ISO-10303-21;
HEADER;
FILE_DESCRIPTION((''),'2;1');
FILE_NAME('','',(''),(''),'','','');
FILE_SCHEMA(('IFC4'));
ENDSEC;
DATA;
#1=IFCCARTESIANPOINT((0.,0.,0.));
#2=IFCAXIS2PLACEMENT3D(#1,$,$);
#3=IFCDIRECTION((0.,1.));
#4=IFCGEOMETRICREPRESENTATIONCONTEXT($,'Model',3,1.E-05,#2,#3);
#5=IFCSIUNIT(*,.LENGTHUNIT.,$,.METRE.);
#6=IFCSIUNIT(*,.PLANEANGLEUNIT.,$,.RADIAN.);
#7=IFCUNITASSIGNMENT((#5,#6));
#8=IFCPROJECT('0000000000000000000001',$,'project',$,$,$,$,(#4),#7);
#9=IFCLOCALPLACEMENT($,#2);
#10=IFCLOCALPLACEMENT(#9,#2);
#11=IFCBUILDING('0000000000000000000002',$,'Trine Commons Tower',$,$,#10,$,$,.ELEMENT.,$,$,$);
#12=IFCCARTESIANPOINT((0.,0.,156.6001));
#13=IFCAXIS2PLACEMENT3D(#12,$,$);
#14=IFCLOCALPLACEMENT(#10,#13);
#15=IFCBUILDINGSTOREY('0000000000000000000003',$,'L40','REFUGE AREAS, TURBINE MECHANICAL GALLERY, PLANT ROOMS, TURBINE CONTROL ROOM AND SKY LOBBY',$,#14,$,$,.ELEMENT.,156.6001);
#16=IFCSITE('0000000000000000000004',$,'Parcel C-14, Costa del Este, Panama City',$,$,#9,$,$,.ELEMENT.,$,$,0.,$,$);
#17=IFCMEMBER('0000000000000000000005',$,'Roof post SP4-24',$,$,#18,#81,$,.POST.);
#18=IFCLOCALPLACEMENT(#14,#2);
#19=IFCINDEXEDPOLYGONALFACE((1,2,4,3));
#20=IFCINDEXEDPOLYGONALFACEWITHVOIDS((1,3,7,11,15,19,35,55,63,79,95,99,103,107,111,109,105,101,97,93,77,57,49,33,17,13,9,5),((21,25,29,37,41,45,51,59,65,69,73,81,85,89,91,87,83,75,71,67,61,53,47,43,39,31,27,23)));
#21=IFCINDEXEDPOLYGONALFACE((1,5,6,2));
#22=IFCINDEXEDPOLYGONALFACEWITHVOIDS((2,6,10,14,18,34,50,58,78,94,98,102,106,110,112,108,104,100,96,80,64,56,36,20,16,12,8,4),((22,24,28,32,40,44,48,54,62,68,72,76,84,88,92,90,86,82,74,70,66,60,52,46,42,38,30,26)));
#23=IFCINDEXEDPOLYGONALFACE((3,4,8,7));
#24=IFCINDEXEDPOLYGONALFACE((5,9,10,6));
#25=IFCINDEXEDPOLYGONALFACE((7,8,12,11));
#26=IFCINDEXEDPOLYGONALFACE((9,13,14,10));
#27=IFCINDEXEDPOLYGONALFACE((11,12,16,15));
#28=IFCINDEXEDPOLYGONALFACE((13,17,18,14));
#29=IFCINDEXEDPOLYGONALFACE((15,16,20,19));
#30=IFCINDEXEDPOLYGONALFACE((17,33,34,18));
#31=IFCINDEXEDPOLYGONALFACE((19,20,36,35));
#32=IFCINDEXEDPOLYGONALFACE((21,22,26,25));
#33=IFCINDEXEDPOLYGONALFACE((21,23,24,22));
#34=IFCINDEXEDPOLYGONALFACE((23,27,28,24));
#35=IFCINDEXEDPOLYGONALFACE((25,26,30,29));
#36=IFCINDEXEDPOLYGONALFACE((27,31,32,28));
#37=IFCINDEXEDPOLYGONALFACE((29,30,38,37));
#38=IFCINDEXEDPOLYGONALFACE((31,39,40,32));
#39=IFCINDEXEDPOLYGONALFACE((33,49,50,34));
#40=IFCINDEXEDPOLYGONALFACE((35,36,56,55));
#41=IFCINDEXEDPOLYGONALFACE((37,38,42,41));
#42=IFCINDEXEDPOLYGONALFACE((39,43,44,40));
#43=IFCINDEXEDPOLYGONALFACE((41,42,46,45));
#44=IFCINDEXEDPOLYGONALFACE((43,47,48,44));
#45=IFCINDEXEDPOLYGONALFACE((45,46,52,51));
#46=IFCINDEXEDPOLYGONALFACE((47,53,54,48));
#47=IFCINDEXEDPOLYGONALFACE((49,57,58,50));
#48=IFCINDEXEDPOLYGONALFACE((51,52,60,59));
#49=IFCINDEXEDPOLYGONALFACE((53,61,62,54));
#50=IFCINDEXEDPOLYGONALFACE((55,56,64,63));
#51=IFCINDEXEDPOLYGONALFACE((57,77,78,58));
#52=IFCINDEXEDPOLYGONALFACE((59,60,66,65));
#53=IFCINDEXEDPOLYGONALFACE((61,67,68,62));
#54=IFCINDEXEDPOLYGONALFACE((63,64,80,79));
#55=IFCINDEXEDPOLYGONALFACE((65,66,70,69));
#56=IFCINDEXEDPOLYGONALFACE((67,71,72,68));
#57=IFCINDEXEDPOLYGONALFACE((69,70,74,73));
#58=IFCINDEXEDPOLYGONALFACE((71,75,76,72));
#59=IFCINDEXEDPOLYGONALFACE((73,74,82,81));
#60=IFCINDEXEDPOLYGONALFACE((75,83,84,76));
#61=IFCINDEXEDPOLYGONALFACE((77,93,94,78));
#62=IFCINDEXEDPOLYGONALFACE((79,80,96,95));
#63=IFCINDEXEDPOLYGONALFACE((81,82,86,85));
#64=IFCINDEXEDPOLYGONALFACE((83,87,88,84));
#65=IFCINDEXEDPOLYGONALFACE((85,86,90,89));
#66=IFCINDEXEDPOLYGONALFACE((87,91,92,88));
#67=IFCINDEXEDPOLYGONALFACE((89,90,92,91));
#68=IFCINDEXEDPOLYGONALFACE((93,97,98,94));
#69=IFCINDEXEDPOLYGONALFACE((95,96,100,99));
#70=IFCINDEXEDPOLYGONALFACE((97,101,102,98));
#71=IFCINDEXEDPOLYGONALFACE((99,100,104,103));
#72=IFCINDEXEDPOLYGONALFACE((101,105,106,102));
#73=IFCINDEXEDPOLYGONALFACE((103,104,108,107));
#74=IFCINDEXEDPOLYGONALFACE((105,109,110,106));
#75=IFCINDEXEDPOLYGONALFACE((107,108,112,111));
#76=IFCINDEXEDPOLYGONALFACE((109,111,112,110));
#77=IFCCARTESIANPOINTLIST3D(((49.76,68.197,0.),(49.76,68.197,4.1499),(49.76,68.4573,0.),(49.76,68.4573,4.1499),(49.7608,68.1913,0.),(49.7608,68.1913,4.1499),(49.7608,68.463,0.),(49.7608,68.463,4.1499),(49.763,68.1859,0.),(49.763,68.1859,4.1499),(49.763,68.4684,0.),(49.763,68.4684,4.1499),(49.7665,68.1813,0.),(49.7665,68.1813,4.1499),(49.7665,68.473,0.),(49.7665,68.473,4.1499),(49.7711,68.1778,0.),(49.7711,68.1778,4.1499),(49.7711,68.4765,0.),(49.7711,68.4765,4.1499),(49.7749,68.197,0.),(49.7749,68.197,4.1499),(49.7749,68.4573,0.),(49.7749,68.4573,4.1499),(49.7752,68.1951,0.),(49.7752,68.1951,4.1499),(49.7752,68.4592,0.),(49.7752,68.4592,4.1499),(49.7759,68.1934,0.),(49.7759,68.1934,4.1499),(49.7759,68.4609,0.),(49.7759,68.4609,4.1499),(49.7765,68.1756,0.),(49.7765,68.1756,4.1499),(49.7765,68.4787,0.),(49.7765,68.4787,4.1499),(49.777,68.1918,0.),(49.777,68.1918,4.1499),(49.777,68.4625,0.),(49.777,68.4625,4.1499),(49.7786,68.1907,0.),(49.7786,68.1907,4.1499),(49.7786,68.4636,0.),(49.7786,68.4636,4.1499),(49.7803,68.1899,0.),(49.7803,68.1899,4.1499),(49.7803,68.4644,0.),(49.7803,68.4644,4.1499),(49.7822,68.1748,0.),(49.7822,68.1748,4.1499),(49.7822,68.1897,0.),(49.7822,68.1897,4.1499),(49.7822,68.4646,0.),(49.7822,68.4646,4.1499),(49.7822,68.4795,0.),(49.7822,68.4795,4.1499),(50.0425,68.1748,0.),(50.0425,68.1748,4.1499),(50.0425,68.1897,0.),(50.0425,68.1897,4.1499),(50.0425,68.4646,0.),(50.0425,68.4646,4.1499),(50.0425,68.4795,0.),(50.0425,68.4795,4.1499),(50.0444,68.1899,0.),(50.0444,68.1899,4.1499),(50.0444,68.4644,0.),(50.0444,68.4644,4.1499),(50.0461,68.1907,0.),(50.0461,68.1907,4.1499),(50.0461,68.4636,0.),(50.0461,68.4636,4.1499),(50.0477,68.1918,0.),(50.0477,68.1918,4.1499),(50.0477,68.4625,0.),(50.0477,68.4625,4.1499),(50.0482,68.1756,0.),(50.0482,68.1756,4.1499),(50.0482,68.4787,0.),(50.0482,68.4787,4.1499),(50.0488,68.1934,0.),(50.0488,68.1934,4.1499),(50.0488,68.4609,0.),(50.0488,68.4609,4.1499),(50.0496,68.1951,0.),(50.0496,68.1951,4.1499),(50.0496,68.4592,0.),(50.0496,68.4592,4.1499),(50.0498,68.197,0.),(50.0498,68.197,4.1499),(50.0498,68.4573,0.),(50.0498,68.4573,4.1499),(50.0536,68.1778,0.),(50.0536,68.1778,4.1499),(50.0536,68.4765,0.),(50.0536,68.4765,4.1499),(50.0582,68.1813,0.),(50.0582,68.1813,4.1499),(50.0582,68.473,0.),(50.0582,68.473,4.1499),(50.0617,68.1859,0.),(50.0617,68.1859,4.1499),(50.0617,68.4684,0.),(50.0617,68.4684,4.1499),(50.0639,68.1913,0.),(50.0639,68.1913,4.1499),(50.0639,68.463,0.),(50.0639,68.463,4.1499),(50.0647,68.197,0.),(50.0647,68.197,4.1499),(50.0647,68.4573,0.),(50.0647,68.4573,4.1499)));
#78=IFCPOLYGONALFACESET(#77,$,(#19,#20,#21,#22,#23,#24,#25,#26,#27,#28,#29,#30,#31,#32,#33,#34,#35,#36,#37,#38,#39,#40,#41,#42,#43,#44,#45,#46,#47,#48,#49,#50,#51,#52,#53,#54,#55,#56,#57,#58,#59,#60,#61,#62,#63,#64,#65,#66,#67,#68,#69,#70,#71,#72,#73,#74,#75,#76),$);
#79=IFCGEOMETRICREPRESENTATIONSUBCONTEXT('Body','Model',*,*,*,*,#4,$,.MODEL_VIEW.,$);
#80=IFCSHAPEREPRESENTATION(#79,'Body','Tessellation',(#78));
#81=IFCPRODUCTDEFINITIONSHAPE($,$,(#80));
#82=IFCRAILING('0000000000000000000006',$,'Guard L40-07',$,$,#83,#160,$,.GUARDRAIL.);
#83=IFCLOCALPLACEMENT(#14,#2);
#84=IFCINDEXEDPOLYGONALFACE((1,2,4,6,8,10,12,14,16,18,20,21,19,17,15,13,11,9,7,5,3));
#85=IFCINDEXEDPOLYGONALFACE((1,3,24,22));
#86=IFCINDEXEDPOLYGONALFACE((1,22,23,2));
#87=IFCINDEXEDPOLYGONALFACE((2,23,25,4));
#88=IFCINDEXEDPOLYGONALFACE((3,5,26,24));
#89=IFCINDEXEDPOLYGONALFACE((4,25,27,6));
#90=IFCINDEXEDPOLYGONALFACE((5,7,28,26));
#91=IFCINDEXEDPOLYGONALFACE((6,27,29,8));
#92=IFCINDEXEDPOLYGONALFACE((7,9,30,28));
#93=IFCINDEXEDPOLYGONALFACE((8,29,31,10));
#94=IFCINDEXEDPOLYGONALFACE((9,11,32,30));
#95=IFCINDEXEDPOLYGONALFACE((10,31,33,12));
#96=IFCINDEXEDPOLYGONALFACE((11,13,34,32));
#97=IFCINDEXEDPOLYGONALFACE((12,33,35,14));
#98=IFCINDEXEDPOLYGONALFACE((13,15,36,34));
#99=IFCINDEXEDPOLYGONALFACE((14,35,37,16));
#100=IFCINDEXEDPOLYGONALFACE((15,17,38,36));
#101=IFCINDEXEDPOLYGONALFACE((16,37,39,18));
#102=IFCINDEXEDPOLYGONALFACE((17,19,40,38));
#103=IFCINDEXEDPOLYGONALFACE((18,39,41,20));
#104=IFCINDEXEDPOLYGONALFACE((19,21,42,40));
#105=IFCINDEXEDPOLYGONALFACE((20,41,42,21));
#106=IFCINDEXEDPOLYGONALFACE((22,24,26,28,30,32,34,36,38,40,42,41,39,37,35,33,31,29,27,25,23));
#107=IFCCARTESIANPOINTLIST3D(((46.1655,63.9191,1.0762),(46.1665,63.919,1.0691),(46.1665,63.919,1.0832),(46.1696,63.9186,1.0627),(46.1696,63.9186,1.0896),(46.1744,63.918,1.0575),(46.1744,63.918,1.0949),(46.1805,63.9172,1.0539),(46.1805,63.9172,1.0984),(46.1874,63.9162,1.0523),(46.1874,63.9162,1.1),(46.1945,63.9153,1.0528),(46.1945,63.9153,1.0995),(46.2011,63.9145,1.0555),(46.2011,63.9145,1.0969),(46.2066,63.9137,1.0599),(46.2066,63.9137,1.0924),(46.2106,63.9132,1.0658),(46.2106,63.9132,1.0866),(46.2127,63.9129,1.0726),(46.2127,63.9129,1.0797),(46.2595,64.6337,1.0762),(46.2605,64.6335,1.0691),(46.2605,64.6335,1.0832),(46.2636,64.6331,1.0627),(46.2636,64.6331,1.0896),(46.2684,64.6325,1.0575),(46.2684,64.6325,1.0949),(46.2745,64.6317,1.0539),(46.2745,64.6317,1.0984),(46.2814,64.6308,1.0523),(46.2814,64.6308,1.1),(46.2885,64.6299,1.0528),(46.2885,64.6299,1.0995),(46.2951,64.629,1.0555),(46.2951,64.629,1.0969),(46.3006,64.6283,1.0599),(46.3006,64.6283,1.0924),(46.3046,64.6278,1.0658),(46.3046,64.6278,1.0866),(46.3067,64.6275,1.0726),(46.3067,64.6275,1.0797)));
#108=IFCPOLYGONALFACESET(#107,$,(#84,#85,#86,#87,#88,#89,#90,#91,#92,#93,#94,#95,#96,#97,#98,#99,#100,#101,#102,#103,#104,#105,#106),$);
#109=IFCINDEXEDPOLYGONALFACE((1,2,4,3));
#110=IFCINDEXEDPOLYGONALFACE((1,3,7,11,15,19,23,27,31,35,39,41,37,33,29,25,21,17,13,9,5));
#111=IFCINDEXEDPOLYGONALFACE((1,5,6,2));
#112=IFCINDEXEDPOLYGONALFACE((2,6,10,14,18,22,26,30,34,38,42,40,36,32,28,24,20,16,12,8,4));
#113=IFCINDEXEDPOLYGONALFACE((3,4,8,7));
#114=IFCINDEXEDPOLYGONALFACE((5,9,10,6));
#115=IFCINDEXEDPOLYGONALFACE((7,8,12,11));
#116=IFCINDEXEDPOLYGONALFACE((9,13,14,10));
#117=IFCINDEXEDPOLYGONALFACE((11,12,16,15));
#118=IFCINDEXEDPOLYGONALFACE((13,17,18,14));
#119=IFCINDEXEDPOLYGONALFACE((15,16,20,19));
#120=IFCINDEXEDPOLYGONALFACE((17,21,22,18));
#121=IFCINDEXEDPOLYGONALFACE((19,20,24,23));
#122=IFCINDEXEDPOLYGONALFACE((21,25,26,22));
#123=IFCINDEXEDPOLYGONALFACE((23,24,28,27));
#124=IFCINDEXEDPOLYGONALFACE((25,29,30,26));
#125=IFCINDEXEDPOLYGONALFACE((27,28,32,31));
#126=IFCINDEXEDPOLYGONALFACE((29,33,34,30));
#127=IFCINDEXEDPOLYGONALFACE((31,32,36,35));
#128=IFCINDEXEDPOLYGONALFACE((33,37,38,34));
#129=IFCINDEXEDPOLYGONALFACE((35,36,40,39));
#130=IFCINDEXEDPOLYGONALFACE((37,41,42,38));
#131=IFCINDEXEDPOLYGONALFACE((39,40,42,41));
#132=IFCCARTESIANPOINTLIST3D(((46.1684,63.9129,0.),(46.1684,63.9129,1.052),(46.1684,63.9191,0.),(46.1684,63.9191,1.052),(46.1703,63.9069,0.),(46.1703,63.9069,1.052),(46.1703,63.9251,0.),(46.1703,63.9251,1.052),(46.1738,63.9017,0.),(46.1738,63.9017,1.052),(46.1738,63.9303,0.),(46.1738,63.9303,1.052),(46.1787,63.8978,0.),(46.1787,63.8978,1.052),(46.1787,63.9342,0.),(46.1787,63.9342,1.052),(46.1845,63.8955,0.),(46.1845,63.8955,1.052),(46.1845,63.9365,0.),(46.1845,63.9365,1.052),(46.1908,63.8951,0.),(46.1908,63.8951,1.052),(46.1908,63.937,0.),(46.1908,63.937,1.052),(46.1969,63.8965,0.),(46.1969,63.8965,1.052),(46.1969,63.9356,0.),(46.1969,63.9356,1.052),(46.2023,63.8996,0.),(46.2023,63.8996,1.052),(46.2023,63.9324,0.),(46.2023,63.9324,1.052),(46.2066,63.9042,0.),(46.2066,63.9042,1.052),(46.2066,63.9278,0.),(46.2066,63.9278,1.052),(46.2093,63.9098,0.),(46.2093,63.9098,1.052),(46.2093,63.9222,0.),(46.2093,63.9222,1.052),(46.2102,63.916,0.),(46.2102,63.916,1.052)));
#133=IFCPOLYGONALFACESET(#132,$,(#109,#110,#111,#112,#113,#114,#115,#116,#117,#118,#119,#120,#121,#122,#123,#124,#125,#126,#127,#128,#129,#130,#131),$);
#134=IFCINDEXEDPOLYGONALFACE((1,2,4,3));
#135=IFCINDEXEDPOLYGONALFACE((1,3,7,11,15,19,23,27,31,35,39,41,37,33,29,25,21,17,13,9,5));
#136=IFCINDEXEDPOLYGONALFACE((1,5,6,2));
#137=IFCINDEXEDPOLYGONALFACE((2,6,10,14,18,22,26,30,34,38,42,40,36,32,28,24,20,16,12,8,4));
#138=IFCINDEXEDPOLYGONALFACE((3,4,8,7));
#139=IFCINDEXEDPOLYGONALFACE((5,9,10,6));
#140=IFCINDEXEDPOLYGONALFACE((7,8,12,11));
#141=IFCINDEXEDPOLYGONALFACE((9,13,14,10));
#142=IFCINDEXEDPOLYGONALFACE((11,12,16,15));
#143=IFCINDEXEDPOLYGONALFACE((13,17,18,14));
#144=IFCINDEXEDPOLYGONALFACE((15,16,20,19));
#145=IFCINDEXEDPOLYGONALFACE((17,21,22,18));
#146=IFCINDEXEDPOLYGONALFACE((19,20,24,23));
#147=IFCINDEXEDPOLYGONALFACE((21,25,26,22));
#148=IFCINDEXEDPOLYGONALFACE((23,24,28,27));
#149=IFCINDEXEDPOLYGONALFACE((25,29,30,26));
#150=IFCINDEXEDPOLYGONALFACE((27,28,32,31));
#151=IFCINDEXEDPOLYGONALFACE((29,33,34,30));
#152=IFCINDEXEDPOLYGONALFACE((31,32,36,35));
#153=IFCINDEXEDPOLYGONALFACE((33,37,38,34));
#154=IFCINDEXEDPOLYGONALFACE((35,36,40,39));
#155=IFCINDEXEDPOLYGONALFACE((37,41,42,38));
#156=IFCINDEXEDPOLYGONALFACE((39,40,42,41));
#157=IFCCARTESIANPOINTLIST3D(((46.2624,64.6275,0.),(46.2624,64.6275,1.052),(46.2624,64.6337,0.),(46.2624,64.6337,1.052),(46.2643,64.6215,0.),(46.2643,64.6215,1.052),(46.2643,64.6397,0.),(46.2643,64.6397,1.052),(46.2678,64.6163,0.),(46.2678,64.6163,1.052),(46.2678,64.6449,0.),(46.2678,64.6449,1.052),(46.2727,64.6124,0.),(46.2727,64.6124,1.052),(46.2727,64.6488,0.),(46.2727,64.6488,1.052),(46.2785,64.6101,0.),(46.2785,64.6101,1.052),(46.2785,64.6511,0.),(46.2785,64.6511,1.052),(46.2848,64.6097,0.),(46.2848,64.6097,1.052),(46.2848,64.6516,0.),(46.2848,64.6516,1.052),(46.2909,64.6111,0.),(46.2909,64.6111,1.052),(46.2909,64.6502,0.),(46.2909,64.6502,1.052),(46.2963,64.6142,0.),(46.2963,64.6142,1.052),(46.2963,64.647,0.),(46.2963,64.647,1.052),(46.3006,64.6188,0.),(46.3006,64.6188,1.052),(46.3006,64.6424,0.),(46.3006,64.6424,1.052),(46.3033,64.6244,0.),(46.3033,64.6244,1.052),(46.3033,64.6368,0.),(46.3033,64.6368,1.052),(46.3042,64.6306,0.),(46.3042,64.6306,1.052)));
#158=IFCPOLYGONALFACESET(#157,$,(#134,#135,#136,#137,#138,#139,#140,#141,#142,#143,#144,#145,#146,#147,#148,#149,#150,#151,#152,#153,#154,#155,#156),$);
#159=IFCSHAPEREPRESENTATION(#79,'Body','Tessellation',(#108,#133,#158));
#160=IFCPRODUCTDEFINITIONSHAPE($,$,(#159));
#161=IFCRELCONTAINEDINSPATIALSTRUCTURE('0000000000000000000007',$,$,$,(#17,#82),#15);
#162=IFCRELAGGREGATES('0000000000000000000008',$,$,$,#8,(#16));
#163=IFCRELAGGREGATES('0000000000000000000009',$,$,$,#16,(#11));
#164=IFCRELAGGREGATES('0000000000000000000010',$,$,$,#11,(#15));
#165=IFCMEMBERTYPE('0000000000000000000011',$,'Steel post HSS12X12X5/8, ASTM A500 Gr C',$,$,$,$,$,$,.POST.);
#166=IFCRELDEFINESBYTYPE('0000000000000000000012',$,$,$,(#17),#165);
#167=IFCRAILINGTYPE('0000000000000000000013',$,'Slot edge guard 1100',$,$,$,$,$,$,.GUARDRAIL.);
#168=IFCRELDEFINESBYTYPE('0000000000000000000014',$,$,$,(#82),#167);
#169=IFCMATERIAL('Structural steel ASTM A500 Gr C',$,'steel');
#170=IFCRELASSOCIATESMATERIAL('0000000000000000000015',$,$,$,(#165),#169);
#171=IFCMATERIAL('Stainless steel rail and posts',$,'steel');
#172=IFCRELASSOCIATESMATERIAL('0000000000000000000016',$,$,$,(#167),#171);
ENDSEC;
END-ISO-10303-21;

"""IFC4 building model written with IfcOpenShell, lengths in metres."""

from ifc_helpers import new_model, si_unit, direction, frame, origin, origin_2d, place, context, subcontext, project, spatial, hollow_rectangle, circle, extrude, material, material_profile, profile_set, type_object, element, save


model = new_model("IFC4")

# Units and contexts
model_context = context("Model", 3, precision=1e-05, world=origin(), true_north=direction((0.0, 1.0)))
body_context = subcontext(model_context, "Body", "Model", "MODEL_VIEW")
ifc_project = project(units=[si_unit("LENGTHUNIT", "METRE"), si_unit("PLANEANGLEUNIT", "RADIAN")], contexts=[model_context])

# Site, building, storey
site_placement = place(None, origin())
site = spatial("IfcSite", under=ifc_project, at=site_placement, Name="Parcel C-14, Costa del Este, Panama City", CompositionType="ELEMENT", RefElevation=0.0)
building_placement = place(site_placement, origin())
building = spatial("IfcBuilding", under=site, at=building_placement, Name="Trine Commons Tower", CompositionType="ELEMENT")
storey_placement = place(building_placement, frame((0.0, 0.0, 156.6001)))
storey = spatial("IfcBuildingStorey", under=building, at=storey_placement, Name="L40", Description="REFUGE AREAS, TURBINE MECHANICAL GALLERY, PLANT ROOMS, TURBINE CONTROL ROOM AND SKY LOBBY", CompositionType="ELEMENT", Elevation=156.6001)

# Member
ifc_material_1 = material(Name="Structural steel ASTM A500 Gr C", Category="steel")
ifc_material_profile_1 = material_profile(ifc_material_1, hollow_rectangle(XDim=0.3047, YDim=0.3047, WallThickness=0.0149, InnerFilletRadius=0.0073, OuterFilletRadius=0.0222, at=origin_2d()), Name="HSS12X12X5/8")
ifc_profile_set_1 = profile_set([ifc_material_profile_1], Name="Structural steel ASTM A500 Gr C")
member_type_1 = type_object("IfcMemberType", Name="Steel post HSS12X12X5/8, ASTM A500 Gr C", PredefinedType="POST", material=ifc_profile_set_1)
for number, where, z_axis, x_axis, name in (
    (1, (49.9124, 68.3271, 0.0), (0.0, 0.0, 1.0), (1.0, 0.0, 0.0), "Roof post SP4-24"),
):
    element("IfcMember", number, at=place(storey_placement, frame(where, z_axis=z_axis, x_axis=x_axis)), inside=storey, type_object=member_type_1, Name=name, PredefinedType="POST", context=body_context, shape_type="SweptSolid", body=[
        extrude(hollow_rectangle(XDim=0.3047, YDim=0.3047, WallThickness=0.0149, InnerFilletRadius=0.0073, OuterFilletRadius=0.0222, at=origin_2d()), origin(), (0.0, 0.0, 1.0), 4.1499),
    ])

# Railing
ifc_material_2 = material(Name="Stainless steel rail and posts", Category="steel")
railing_type = type_object("IfcRailingType", Name="Slot edge guard 1100", PredefinedType="GUARDRAIL", material=ifc_material_2)
railing_1_placement = place(storey_placement, frame((46.1892, 63.916, 0.0)))
element("IfcRailing", 2, at=railing_1_placement, inside=storey, type_object=railing_type, Name="Guard L40-07", PredefinedType="GUARDRAIL", context=body_context, shape_type="SweptSolid", body=[
    extrude(circle(Radius=0.0239, at=origin_2d()), frame((0.0, 0.0, 1.0762), z_axis=(0.130411, 0.99146, 0.0), x_axis=(-0.99146, 0.130411, 0.0)), (0.0, 0.0, 1.0), 0.7207),
    extrude(circle(Radius=0.021, at=origin_2d()), origin(), (0.0, 0.0, 1.0), 1.052),
    extrude(circle(Radius=0.021, at=origin_2d()), frame((0.094, 0.7146, 0.0)), (0.0, 0.0, 1.0), 1.052),
])

save(model, "model.ifc")
